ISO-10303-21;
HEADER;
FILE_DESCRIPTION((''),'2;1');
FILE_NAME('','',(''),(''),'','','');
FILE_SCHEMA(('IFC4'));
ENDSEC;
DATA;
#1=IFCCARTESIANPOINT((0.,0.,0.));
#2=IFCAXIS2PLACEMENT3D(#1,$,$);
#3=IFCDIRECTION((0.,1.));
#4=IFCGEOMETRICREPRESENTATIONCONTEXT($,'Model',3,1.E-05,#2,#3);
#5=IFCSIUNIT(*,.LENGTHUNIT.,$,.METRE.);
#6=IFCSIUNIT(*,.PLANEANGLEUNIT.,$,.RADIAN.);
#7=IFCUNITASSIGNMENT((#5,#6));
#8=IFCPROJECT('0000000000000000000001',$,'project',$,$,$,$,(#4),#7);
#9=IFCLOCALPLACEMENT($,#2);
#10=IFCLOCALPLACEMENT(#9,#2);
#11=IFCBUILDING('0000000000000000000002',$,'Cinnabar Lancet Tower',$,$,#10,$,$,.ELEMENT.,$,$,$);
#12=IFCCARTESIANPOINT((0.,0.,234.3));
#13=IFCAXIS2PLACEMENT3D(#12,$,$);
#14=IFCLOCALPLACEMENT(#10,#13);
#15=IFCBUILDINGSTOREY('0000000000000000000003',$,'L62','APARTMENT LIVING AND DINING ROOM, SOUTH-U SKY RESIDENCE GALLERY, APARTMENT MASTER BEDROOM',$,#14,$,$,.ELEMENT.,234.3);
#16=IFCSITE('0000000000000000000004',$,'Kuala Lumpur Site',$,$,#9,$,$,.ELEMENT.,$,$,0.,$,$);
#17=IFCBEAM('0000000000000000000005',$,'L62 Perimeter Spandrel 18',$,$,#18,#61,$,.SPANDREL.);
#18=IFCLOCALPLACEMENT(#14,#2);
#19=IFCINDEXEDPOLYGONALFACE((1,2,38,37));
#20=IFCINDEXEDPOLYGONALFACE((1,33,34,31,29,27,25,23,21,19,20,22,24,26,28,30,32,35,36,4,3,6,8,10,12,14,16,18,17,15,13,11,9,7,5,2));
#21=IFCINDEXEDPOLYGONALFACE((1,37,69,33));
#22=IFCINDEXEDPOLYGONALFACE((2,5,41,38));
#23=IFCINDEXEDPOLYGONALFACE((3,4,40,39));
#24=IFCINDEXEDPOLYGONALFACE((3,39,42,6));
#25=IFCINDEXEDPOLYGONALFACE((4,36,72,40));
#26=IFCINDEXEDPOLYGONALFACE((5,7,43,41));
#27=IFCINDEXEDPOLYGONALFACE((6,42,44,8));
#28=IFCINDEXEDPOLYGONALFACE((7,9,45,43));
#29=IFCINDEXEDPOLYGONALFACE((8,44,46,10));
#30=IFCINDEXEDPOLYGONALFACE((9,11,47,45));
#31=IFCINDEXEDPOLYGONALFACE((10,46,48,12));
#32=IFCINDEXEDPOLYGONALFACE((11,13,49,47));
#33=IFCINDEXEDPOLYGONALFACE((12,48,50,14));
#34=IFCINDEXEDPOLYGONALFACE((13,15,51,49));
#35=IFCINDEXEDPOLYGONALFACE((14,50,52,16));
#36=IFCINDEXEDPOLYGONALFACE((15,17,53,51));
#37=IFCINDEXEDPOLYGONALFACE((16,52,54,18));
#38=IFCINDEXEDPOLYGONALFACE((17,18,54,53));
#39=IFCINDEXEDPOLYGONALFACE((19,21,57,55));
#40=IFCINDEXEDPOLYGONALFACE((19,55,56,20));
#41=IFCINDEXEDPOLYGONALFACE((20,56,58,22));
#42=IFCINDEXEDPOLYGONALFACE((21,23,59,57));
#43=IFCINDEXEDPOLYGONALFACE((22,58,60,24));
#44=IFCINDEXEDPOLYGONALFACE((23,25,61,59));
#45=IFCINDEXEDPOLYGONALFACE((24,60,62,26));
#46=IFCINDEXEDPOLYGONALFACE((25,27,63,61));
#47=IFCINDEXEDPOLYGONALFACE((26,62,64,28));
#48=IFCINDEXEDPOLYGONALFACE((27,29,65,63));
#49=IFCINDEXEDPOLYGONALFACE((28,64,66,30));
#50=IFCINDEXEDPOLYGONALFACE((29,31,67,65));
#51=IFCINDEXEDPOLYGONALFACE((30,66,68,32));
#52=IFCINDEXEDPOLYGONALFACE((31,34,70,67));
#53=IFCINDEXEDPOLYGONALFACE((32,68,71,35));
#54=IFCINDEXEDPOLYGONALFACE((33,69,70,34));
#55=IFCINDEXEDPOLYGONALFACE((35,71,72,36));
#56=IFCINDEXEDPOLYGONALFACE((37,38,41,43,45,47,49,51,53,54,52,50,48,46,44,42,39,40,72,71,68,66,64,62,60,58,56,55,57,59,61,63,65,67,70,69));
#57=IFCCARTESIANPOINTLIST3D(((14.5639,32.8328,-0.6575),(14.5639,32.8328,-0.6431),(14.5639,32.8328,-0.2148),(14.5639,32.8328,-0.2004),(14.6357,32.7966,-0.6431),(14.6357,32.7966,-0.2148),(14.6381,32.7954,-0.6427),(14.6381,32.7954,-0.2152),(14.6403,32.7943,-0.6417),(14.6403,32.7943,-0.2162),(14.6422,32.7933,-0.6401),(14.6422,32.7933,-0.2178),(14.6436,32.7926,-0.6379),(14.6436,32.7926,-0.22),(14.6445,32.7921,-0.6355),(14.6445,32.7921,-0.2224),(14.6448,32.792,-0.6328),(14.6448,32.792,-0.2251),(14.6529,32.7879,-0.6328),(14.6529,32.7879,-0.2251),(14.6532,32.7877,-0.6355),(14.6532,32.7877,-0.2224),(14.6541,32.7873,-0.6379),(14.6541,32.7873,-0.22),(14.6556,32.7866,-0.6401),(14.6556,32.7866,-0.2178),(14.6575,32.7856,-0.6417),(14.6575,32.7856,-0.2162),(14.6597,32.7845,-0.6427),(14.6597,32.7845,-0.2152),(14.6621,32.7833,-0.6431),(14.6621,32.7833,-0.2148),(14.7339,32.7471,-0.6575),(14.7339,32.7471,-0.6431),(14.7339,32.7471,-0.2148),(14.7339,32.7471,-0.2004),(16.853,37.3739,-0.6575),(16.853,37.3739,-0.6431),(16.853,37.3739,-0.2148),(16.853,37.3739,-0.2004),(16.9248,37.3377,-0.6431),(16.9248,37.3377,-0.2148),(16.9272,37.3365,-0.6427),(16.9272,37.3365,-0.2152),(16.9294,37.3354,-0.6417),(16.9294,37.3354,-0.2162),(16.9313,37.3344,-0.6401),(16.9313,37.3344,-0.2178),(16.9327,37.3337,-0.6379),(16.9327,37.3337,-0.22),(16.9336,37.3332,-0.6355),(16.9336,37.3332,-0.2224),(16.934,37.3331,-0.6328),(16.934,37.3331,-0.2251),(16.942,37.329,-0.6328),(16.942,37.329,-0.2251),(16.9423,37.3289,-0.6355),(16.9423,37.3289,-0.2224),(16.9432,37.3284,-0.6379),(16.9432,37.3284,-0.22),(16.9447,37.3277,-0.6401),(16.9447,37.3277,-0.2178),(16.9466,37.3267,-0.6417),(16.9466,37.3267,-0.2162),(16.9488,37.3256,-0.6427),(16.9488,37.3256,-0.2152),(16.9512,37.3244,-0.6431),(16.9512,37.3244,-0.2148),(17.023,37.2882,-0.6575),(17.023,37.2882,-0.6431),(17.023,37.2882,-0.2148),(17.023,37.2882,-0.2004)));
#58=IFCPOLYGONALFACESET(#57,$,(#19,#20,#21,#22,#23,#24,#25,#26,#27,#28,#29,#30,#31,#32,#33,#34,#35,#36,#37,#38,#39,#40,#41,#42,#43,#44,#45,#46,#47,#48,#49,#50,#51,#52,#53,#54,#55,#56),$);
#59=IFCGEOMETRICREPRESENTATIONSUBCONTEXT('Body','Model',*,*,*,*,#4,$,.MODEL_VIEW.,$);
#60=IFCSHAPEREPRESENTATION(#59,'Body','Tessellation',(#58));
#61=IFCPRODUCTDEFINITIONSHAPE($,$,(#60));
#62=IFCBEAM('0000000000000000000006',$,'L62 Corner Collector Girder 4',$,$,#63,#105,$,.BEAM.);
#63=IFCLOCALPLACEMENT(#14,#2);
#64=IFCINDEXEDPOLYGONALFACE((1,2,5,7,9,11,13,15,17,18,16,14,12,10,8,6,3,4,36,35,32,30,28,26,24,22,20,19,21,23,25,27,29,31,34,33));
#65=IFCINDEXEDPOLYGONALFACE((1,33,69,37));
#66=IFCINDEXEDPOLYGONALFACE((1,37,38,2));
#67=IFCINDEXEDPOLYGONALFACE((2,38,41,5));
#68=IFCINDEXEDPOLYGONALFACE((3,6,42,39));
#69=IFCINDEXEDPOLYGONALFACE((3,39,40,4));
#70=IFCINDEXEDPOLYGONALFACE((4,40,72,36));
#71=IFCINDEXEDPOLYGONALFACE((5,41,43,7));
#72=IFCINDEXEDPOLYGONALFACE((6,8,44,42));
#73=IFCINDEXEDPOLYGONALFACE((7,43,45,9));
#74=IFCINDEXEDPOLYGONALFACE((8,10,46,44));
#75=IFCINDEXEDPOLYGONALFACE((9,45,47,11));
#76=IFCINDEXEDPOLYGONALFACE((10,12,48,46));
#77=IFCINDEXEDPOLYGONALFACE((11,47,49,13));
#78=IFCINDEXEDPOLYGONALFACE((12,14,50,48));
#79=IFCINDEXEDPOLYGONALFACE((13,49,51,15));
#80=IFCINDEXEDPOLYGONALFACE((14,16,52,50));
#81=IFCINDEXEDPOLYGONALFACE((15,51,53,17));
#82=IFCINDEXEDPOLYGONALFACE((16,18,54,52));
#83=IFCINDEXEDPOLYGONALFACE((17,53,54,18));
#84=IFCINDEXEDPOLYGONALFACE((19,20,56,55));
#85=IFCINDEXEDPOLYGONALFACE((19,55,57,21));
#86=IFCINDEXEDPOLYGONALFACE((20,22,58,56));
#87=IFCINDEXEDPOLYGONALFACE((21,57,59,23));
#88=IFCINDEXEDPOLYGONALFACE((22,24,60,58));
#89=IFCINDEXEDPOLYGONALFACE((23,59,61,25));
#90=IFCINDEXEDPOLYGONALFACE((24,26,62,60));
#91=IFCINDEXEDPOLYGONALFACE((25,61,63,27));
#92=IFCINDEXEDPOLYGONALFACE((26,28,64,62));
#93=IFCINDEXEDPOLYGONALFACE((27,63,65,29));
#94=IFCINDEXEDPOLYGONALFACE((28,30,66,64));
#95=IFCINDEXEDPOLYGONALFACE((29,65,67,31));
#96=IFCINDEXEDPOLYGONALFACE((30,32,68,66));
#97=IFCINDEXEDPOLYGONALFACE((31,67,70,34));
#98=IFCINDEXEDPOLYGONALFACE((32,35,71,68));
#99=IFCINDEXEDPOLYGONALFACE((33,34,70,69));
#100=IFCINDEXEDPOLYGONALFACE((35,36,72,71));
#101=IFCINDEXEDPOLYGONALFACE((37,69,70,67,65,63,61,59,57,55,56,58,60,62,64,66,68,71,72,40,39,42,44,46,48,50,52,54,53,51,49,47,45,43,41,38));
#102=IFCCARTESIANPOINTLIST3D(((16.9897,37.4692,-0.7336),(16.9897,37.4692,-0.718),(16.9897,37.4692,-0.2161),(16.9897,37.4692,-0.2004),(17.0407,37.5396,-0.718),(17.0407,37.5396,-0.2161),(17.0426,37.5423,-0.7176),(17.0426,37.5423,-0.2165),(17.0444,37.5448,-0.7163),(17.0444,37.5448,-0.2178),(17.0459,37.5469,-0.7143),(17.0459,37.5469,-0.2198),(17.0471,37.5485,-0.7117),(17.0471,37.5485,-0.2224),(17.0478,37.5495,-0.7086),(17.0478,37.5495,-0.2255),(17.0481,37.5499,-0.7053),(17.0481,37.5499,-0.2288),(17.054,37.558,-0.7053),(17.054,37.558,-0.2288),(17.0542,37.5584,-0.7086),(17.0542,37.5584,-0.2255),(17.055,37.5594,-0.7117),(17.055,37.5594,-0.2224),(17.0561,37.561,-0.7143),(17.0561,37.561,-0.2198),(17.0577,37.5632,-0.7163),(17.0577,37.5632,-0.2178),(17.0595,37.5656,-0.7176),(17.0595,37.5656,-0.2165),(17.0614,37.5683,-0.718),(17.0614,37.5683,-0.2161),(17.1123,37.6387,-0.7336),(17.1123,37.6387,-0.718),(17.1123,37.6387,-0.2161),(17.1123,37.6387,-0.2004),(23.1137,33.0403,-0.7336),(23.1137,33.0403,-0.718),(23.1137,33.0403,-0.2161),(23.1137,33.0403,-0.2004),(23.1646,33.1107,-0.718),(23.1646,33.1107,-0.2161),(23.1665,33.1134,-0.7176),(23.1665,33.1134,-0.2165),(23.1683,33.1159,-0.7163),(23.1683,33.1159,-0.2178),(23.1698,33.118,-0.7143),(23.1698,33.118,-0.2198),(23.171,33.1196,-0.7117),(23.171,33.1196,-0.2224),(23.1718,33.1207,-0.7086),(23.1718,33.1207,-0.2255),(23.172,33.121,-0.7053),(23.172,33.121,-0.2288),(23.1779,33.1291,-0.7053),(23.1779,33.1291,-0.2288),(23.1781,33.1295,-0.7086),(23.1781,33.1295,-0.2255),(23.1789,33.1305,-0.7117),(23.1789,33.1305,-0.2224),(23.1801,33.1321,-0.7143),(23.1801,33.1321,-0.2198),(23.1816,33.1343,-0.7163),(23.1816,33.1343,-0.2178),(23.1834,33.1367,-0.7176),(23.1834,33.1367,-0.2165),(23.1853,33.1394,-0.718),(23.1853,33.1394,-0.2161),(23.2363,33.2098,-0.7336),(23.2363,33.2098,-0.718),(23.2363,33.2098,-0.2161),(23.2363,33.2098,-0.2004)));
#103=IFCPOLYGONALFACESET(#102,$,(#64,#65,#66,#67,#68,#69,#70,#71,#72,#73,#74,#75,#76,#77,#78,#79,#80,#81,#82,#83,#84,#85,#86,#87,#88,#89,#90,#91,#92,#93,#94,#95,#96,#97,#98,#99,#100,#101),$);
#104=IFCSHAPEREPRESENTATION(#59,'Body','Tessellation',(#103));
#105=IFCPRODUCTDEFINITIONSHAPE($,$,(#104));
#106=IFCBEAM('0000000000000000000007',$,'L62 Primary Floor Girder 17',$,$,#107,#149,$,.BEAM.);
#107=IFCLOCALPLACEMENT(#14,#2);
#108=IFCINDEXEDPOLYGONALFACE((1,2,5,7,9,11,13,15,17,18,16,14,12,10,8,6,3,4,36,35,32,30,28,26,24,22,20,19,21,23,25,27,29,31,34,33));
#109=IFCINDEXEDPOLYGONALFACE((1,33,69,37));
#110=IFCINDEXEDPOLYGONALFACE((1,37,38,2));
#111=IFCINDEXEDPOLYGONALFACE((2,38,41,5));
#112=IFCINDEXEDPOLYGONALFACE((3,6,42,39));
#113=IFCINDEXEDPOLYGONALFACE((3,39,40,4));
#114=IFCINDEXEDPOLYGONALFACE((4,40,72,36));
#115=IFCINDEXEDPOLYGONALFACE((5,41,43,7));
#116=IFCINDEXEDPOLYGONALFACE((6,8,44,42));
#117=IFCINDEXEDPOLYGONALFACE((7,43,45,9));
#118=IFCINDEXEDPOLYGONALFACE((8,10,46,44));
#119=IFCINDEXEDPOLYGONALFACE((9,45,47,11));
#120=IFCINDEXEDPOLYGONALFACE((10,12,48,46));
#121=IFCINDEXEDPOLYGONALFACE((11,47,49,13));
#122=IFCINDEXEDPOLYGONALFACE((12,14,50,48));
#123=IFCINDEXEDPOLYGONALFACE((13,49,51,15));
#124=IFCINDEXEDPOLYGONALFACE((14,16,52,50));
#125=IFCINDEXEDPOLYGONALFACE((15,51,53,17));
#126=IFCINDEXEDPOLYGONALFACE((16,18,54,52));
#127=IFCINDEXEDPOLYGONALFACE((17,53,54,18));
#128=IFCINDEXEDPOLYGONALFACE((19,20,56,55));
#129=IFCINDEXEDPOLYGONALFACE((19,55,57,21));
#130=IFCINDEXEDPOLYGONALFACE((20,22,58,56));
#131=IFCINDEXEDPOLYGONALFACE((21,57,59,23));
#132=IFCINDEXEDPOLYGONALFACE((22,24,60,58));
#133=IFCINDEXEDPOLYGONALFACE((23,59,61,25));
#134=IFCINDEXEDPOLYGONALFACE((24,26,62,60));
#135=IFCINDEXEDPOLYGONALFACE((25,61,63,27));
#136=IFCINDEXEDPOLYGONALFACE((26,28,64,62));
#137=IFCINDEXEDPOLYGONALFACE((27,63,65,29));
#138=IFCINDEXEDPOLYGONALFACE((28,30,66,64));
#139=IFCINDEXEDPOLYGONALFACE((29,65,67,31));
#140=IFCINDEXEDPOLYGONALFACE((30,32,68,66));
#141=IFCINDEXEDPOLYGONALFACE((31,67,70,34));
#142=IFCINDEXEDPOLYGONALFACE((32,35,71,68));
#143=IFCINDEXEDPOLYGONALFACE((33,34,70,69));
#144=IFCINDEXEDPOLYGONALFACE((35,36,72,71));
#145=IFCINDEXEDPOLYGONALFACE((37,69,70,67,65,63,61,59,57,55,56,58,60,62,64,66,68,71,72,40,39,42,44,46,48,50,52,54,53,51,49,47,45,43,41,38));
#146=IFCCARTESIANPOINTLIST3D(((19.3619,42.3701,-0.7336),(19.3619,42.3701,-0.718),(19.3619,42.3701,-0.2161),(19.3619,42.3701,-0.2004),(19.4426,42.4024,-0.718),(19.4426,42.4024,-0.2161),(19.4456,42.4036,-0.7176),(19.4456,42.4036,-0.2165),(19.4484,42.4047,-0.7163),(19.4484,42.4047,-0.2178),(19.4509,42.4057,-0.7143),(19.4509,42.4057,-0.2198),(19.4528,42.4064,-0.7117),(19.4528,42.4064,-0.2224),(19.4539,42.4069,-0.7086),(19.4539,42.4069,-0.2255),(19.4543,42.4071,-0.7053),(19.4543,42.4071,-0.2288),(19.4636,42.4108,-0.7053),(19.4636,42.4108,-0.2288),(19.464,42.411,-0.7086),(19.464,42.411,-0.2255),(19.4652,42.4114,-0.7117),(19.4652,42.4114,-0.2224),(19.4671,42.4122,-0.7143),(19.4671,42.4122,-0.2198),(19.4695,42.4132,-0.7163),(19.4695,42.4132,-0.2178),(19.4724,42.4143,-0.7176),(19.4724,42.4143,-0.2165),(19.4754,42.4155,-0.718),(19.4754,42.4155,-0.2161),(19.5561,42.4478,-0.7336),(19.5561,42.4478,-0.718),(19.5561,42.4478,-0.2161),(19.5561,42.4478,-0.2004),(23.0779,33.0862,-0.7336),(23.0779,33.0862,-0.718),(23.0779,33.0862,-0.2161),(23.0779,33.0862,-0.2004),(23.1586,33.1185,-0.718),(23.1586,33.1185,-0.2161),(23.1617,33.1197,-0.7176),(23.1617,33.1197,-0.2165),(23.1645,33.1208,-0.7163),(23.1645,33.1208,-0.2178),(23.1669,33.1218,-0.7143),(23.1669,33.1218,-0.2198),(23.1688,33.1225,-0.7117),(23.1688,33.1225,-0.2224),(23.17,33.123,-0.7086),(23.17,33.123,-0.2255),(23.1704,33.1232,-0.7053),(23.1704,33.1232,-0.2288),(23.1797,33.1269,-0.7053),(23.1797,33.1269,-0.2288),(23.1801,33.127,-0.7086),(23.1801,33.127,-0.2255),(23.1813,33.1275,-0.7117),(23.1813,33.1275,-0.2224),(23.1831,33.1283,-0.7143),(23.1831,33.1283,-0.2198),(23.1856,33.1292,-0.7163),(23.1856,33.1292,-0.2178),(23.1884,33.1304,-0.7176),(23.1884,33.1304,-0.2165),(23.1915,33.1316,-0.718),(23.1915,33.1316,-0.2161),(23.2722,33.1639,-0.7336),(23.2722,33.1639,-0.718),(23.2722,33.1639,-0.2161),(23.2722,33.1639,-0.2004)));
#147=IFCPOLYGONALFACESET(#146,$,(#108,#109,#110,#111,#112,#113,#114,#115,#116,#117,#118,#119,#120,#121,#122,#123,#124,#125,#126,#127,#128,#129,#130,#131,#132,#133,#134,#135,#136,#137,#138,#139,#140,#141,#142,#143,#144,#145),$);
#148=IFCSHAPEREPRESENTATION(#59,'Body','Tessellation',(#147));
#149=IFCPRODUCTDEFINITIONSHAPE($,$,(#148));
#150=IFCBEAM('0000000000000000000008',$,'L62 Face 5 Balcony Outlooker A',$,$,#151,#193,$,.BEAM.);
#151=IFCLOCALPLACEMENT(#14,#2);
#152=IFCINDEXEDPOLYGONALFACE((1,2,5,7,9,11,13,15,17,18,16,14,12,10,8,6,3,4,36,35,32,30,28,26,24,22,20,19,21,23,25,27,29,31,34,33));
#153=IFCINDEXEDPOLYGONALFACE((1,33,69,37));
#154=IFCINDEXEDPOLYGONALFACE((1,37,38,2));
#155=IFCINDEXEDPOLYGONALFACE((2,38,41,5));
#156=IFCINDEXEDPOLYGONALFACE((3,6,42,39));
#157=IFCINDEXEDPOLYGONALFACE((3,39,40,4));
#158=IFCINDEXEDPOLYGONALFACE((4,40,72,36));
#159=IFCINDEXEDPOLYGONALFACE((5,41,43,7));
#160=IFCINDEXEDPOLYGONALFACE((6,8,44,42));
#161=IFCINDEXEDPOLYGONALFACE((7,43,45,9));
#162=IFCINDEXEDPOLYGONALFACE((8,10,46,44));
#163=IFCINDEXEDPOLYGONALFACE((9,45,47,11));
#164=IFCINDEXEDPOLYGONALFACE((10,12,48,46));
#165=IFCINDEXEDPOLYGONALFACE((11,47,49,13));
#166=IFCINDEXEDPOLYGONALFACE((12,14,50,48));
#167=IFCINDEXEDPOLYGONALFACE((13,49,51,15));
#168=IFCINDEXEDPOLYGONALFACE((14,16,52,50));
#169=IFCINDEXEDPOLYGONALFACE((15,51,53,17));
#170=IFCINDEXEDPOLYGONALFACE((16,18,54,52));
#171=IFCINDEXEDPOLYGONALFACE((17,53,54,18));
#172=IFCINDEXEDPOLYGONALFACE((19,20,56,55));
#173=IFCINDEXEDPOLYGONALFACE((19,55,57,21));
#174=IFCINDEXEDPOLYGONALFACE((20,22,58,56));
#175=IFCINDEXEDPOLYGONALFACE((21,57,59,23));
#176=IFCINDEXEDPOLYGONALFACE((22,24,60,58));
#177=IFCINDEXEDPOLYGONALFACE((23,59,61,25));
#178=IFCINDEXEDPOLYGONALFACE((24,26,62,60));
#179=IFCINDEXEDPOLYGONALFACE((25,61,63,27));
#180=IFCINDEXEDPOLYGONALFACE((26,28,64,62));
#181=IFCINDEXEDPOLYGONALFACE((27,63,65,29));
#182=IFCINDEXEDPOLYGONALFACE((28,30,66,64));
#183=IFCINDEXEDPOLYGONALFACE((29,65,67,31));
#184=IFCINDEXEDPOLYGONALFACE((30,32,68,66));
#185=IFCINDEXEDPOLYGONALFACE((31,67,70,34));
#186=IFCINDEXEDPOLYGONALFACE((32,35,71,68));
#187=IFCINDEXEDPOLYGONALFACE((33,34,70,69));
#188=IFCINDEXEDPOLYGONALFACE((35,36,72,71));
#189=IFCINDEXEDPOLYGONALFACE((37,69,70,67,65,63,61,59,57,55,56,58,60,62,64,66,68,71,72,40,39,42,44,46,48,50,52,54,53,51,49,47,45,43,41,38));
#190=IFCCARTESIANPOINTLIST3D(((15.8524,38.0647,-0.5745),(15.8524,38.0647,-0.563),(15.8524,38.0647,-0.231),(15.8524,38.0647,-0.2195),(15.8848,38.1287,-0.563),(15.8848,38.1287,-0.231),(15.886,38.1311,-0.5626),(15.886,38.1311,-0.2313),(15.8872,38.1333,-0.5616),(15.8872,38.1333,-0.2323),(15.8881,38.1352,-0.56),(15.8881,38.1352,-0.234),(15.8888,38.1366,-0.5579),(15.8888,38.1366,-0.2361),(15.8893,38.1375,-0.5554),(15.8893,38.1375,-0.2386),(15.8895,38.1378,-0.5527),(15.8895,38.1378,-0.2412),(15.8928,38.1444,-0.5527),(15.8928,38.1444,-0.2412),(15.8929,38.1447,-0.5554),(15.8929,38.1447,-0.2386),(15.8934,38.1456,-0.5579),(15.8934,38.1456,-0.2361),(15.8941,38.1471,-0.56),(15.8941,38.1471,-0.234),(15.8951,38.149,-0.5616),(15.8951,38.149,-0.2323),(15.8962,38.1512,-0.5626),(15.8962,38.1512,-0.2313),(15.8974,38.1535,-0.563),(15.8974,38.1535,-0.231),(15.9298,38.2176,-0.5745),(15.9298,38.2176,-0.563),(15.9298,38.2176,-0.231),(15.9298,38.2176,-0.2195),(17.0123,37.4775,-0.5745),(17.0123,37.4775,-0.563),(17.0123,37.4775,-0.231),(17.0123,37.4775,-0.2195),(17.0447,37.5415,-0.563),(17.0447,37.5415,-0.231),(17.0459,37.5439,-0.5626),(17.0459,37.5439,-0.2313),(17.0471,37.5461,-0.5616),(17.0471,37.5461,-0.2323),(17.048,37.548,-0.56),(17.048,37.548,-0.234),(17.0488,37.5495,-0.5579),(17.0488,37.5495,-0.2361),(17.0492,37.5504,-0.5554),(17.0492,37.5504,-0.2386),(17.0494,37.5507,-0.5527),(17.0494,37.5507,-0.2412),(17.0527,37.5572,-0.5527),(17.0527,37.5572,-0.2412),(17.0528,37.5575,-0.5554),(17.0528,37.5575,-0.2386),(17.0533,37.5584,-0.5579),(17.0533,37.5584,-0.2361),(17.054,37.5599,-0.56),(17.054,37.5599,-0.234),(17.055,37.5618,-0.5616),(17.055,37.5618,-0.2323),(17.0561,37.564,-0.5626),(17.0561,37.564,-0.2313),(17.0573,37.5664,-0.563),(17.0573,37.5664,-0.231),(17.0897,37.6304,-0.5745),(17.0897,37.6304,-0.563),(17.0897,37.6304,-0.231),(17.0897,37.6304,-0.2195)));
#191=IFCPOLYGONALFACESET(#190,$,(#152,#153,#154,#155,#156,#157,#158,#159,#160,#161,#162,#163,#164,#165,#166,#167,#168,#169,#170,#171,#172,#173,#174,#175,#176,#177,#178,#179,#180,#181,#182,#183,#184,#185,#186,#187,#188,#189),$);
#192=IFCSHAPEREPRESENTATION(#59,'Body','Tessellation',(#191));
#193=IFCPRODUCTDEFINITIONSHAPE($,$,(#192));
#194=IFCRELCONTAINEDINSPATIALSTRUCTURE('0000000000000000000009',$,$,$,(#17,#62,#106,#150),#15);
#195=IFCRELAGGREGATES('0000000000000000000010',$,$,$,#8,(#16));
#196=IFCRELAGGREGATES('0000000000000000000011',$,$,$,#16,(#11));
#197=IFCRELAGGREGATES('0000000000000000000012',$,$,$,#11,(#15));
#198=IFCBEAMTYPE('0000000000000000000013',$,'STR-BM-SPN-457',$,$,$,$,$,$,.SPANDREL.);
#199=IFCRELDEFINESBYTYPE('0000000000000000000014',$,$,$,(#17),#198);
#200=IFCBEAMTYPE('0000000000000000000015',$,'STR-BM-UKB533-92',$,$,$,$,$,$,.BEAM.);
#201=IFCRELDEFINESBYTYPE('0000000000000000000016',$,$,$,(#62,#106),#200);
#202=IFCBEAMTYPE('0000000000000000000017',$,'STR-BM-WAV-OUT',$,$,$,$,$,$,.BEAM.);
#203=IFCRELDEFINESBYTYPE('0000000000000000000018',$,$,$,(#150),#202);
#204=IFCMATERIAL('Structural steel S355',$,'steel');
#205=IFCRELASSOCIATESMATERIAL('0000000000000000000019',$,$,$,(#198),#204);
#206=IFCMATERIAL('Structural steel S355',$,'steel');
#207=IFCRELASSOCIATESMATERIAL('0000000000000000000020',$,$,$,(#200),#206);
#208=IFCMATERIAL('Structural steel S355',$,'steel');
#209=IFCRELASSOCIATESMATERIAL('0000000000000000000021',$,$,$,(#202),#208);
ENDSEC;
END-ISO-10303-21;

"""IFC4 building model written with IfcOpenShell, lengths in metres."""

from ifc_helpers import new_model, si_unit, direction, frame, origin, origin_2d, place, context, subcontext, project, spatial, i_section, extrude, material, material_profile, profile_set, type_object, element, save


model = new_model("IFC4")

# Units and contexts
model_context = context("Model", 3, precision=1e-05, world=origin(), true_north=direction((0.0, 1.0)))
body_context = subcontext(model_context, "Body", "Model", "MODEL_VIEW")
ifc_project = project(units=[si_unit("LENGTHUNIT", "METRE"), si_unit("PLANEANGLEUNIT", "RADIAN")], contexts=[model_context])

# Site, building, storey
site_placement = place(None, origin())
site = spatial("IfcSite", under=ifc_project, at=site_placement, Name="Kuala Lumpur Site", CompositionType="ELEMENT", RefElevation=0.0)
building_placement = place(site_placement, origin())
building = spatial("IfcBuilding", under=site, at=building_placement, Name="Cinnabar Lancet Tower", CompositionType="ELEMENT")
storey_placement = place(building_placement, frame((0.0, 0.0, 234.3)))
storey = spatial("IfcBuildingStorey", under=building, at=storey_placement, Name="L62", Description="APARTMENT LIVING AND DINING ROOM, SOUTH-U SKY RESIDENCE GALLERY, APARTMENT MASTER BEDROOM", CompositionType="ELEMENT", Elevation=234.3)

# Beams
ifc_material_1 = material(Name="Structural steel S355", Category="steel")
ifc_material_profile_1 = material_profile(ifc_material_1, i_section(OverallWidth=0.1904, OverallDepth=0.457, WebThickness=0.009, FlangeThickness=0.0144, FilletRadius=0.0103, at=origin_2d()), Name="UKB 457x191x74")
ifc_profile_set_1 = profile_set([ifc_material_profile_1], Name="Structural steel S355")
beam_type_1 = type_object("IfcBeamType", Name="STR-BM-SPN-457", PredefinedType="SPANDREL", material=ifc_profile_set_1)
beam_1_placement = place(storey_placement, frame((16.938, 37.3311, -0.429), z_axis=(-0.45013, -0.892963, 0.0), x_axis=(0.892963, -0.45013, 0.0)))
element("IfcBeam", 1, at=beam_1_placement, inside=storey, type_object=beam_type_1, Name="L62 Perimeter Spandrel 18", PredefinedType="SPANDREL", context=body_context, shape_type="SweptSolid", body=[
    extrude(i_section(OverallWidth=0.1904, OverallDepth=0.457, WebThickness=0.009, FlangeThickness=0.0144, FilletRadius=0.0103, at=origin_2d()), origin(), (0.0, 0.0, 1.0), 5.0854),
])
ifc_material_2 = material(Name="Structural steel S355", Category="steel")
ifc_material_profile_2 = material_profile(ifc_material_2, i_section(OverallWidth=0.2092, OverallDepth=0.5332, WebThickness=0.01, FlangeThickness=0.0156, FilletRadius=0.0127, at=origin_2d()), Name="UKB 533x210x92")
ifc_profile_set_2 = profile_set([ifc_material_profile_2], Name="Structural steel S355")
beam_type_2 = type_object("IfcBeamType", Name="STR-BM-UKB533-92", PredefinedType="BEAM", material=ifc_profile_set_2)
beam_2_placement = place(storey_placement, frame((17.051, 37.554, -0.467), z_axis=(0.810299, -0.586016, 0.0), x_axis=(0.586016, 0.810299, 0.0)))
element("IfcBeam", 2, at=beam_2_placement, inside=storey, type_object=beam_type_2, Name="L62 Corner Collector Girder 4", PredefinedType="BEAM", context=body_context, shape_type="SweptSolid", body=[
    extrude(i_section(OverallWidth=0.2092, OverallDepth=0.5332, WebThickness=0.01, FlangeThickness=0.0156, FilletRadius=0.0127, at=origin_2d()), origin(), (0.0, 0.0, 1.0), 7.5576),
])
beam_3_placement = place(storey_placement, frame((19.459, 42.4089, -0.467), z_axis=(0.371605, -0.928391, 0.0), x_axis=(0.928391, 0.371605, 0.0)))
element("IfcBeam", 3, at=beam_3_placement, inside=storey, type_object=beam_type_2, Name="L62 Primary Floor Girder 17", PredefinedType="BEAM", context=body_context, shape_type="SweptSolid", body=[
    extrude(i_section(OverallWidth=0.2092, OverallDepth=0.5332, WebThickness=0.01, FlangeThickness=0.0156, FilletRadius=0.0127, at=origin_2d()), origin(), (0.0, 0.0, 1.0), 10.0),
])
ifc_material_3 = material(Name="Structural steel S355", Category="steel")
ifc_material_profile_3 = material_profile(ifc_material_3, i_section(OverallWidth=0.1714, OverallDepth=0.355, WebThickness=0.0073, FlangeThickness=0.0115, FilletRadius=0.0103, at=origin_2d()), Name="UKB 356x171x51")
ifc_profile_set_3 = profile_set([ifc_material_profile_3], Name="Structural steel S355")
beam_type_3 = type_object("IfcBeamType", Name="STR-BM-WAV-OUT", PredefinedType="BEAM", material=ifc_profile_set_3)
beam_4_placement = place(storey_placement, frame((17.051, 37.554, -0.397), z_axis=(-0.8922, 0.45164, 0.0), x_axis=(-0.45164, -0.8922, 0.0)))
element("IfcBeam", 4, at=beam_4_placement, inside=storey, type_object=beam_type_3, Name="L62 Face 5 Balcony Outlooker A", PredefinedType="BEAM", context=body_context, shape_type="SweptSolid", body=[
    extrude(i_section(OverallWidth=0.1714, OverallDepth=0.355, WebThickness=0.0073, FlangeThickness=0.0115, FilletRadius=0.0103, at=origin_2d()), origin(), (0.0, 0.0, 1.0), 1.3),
])

save(model, "model.ifc")
